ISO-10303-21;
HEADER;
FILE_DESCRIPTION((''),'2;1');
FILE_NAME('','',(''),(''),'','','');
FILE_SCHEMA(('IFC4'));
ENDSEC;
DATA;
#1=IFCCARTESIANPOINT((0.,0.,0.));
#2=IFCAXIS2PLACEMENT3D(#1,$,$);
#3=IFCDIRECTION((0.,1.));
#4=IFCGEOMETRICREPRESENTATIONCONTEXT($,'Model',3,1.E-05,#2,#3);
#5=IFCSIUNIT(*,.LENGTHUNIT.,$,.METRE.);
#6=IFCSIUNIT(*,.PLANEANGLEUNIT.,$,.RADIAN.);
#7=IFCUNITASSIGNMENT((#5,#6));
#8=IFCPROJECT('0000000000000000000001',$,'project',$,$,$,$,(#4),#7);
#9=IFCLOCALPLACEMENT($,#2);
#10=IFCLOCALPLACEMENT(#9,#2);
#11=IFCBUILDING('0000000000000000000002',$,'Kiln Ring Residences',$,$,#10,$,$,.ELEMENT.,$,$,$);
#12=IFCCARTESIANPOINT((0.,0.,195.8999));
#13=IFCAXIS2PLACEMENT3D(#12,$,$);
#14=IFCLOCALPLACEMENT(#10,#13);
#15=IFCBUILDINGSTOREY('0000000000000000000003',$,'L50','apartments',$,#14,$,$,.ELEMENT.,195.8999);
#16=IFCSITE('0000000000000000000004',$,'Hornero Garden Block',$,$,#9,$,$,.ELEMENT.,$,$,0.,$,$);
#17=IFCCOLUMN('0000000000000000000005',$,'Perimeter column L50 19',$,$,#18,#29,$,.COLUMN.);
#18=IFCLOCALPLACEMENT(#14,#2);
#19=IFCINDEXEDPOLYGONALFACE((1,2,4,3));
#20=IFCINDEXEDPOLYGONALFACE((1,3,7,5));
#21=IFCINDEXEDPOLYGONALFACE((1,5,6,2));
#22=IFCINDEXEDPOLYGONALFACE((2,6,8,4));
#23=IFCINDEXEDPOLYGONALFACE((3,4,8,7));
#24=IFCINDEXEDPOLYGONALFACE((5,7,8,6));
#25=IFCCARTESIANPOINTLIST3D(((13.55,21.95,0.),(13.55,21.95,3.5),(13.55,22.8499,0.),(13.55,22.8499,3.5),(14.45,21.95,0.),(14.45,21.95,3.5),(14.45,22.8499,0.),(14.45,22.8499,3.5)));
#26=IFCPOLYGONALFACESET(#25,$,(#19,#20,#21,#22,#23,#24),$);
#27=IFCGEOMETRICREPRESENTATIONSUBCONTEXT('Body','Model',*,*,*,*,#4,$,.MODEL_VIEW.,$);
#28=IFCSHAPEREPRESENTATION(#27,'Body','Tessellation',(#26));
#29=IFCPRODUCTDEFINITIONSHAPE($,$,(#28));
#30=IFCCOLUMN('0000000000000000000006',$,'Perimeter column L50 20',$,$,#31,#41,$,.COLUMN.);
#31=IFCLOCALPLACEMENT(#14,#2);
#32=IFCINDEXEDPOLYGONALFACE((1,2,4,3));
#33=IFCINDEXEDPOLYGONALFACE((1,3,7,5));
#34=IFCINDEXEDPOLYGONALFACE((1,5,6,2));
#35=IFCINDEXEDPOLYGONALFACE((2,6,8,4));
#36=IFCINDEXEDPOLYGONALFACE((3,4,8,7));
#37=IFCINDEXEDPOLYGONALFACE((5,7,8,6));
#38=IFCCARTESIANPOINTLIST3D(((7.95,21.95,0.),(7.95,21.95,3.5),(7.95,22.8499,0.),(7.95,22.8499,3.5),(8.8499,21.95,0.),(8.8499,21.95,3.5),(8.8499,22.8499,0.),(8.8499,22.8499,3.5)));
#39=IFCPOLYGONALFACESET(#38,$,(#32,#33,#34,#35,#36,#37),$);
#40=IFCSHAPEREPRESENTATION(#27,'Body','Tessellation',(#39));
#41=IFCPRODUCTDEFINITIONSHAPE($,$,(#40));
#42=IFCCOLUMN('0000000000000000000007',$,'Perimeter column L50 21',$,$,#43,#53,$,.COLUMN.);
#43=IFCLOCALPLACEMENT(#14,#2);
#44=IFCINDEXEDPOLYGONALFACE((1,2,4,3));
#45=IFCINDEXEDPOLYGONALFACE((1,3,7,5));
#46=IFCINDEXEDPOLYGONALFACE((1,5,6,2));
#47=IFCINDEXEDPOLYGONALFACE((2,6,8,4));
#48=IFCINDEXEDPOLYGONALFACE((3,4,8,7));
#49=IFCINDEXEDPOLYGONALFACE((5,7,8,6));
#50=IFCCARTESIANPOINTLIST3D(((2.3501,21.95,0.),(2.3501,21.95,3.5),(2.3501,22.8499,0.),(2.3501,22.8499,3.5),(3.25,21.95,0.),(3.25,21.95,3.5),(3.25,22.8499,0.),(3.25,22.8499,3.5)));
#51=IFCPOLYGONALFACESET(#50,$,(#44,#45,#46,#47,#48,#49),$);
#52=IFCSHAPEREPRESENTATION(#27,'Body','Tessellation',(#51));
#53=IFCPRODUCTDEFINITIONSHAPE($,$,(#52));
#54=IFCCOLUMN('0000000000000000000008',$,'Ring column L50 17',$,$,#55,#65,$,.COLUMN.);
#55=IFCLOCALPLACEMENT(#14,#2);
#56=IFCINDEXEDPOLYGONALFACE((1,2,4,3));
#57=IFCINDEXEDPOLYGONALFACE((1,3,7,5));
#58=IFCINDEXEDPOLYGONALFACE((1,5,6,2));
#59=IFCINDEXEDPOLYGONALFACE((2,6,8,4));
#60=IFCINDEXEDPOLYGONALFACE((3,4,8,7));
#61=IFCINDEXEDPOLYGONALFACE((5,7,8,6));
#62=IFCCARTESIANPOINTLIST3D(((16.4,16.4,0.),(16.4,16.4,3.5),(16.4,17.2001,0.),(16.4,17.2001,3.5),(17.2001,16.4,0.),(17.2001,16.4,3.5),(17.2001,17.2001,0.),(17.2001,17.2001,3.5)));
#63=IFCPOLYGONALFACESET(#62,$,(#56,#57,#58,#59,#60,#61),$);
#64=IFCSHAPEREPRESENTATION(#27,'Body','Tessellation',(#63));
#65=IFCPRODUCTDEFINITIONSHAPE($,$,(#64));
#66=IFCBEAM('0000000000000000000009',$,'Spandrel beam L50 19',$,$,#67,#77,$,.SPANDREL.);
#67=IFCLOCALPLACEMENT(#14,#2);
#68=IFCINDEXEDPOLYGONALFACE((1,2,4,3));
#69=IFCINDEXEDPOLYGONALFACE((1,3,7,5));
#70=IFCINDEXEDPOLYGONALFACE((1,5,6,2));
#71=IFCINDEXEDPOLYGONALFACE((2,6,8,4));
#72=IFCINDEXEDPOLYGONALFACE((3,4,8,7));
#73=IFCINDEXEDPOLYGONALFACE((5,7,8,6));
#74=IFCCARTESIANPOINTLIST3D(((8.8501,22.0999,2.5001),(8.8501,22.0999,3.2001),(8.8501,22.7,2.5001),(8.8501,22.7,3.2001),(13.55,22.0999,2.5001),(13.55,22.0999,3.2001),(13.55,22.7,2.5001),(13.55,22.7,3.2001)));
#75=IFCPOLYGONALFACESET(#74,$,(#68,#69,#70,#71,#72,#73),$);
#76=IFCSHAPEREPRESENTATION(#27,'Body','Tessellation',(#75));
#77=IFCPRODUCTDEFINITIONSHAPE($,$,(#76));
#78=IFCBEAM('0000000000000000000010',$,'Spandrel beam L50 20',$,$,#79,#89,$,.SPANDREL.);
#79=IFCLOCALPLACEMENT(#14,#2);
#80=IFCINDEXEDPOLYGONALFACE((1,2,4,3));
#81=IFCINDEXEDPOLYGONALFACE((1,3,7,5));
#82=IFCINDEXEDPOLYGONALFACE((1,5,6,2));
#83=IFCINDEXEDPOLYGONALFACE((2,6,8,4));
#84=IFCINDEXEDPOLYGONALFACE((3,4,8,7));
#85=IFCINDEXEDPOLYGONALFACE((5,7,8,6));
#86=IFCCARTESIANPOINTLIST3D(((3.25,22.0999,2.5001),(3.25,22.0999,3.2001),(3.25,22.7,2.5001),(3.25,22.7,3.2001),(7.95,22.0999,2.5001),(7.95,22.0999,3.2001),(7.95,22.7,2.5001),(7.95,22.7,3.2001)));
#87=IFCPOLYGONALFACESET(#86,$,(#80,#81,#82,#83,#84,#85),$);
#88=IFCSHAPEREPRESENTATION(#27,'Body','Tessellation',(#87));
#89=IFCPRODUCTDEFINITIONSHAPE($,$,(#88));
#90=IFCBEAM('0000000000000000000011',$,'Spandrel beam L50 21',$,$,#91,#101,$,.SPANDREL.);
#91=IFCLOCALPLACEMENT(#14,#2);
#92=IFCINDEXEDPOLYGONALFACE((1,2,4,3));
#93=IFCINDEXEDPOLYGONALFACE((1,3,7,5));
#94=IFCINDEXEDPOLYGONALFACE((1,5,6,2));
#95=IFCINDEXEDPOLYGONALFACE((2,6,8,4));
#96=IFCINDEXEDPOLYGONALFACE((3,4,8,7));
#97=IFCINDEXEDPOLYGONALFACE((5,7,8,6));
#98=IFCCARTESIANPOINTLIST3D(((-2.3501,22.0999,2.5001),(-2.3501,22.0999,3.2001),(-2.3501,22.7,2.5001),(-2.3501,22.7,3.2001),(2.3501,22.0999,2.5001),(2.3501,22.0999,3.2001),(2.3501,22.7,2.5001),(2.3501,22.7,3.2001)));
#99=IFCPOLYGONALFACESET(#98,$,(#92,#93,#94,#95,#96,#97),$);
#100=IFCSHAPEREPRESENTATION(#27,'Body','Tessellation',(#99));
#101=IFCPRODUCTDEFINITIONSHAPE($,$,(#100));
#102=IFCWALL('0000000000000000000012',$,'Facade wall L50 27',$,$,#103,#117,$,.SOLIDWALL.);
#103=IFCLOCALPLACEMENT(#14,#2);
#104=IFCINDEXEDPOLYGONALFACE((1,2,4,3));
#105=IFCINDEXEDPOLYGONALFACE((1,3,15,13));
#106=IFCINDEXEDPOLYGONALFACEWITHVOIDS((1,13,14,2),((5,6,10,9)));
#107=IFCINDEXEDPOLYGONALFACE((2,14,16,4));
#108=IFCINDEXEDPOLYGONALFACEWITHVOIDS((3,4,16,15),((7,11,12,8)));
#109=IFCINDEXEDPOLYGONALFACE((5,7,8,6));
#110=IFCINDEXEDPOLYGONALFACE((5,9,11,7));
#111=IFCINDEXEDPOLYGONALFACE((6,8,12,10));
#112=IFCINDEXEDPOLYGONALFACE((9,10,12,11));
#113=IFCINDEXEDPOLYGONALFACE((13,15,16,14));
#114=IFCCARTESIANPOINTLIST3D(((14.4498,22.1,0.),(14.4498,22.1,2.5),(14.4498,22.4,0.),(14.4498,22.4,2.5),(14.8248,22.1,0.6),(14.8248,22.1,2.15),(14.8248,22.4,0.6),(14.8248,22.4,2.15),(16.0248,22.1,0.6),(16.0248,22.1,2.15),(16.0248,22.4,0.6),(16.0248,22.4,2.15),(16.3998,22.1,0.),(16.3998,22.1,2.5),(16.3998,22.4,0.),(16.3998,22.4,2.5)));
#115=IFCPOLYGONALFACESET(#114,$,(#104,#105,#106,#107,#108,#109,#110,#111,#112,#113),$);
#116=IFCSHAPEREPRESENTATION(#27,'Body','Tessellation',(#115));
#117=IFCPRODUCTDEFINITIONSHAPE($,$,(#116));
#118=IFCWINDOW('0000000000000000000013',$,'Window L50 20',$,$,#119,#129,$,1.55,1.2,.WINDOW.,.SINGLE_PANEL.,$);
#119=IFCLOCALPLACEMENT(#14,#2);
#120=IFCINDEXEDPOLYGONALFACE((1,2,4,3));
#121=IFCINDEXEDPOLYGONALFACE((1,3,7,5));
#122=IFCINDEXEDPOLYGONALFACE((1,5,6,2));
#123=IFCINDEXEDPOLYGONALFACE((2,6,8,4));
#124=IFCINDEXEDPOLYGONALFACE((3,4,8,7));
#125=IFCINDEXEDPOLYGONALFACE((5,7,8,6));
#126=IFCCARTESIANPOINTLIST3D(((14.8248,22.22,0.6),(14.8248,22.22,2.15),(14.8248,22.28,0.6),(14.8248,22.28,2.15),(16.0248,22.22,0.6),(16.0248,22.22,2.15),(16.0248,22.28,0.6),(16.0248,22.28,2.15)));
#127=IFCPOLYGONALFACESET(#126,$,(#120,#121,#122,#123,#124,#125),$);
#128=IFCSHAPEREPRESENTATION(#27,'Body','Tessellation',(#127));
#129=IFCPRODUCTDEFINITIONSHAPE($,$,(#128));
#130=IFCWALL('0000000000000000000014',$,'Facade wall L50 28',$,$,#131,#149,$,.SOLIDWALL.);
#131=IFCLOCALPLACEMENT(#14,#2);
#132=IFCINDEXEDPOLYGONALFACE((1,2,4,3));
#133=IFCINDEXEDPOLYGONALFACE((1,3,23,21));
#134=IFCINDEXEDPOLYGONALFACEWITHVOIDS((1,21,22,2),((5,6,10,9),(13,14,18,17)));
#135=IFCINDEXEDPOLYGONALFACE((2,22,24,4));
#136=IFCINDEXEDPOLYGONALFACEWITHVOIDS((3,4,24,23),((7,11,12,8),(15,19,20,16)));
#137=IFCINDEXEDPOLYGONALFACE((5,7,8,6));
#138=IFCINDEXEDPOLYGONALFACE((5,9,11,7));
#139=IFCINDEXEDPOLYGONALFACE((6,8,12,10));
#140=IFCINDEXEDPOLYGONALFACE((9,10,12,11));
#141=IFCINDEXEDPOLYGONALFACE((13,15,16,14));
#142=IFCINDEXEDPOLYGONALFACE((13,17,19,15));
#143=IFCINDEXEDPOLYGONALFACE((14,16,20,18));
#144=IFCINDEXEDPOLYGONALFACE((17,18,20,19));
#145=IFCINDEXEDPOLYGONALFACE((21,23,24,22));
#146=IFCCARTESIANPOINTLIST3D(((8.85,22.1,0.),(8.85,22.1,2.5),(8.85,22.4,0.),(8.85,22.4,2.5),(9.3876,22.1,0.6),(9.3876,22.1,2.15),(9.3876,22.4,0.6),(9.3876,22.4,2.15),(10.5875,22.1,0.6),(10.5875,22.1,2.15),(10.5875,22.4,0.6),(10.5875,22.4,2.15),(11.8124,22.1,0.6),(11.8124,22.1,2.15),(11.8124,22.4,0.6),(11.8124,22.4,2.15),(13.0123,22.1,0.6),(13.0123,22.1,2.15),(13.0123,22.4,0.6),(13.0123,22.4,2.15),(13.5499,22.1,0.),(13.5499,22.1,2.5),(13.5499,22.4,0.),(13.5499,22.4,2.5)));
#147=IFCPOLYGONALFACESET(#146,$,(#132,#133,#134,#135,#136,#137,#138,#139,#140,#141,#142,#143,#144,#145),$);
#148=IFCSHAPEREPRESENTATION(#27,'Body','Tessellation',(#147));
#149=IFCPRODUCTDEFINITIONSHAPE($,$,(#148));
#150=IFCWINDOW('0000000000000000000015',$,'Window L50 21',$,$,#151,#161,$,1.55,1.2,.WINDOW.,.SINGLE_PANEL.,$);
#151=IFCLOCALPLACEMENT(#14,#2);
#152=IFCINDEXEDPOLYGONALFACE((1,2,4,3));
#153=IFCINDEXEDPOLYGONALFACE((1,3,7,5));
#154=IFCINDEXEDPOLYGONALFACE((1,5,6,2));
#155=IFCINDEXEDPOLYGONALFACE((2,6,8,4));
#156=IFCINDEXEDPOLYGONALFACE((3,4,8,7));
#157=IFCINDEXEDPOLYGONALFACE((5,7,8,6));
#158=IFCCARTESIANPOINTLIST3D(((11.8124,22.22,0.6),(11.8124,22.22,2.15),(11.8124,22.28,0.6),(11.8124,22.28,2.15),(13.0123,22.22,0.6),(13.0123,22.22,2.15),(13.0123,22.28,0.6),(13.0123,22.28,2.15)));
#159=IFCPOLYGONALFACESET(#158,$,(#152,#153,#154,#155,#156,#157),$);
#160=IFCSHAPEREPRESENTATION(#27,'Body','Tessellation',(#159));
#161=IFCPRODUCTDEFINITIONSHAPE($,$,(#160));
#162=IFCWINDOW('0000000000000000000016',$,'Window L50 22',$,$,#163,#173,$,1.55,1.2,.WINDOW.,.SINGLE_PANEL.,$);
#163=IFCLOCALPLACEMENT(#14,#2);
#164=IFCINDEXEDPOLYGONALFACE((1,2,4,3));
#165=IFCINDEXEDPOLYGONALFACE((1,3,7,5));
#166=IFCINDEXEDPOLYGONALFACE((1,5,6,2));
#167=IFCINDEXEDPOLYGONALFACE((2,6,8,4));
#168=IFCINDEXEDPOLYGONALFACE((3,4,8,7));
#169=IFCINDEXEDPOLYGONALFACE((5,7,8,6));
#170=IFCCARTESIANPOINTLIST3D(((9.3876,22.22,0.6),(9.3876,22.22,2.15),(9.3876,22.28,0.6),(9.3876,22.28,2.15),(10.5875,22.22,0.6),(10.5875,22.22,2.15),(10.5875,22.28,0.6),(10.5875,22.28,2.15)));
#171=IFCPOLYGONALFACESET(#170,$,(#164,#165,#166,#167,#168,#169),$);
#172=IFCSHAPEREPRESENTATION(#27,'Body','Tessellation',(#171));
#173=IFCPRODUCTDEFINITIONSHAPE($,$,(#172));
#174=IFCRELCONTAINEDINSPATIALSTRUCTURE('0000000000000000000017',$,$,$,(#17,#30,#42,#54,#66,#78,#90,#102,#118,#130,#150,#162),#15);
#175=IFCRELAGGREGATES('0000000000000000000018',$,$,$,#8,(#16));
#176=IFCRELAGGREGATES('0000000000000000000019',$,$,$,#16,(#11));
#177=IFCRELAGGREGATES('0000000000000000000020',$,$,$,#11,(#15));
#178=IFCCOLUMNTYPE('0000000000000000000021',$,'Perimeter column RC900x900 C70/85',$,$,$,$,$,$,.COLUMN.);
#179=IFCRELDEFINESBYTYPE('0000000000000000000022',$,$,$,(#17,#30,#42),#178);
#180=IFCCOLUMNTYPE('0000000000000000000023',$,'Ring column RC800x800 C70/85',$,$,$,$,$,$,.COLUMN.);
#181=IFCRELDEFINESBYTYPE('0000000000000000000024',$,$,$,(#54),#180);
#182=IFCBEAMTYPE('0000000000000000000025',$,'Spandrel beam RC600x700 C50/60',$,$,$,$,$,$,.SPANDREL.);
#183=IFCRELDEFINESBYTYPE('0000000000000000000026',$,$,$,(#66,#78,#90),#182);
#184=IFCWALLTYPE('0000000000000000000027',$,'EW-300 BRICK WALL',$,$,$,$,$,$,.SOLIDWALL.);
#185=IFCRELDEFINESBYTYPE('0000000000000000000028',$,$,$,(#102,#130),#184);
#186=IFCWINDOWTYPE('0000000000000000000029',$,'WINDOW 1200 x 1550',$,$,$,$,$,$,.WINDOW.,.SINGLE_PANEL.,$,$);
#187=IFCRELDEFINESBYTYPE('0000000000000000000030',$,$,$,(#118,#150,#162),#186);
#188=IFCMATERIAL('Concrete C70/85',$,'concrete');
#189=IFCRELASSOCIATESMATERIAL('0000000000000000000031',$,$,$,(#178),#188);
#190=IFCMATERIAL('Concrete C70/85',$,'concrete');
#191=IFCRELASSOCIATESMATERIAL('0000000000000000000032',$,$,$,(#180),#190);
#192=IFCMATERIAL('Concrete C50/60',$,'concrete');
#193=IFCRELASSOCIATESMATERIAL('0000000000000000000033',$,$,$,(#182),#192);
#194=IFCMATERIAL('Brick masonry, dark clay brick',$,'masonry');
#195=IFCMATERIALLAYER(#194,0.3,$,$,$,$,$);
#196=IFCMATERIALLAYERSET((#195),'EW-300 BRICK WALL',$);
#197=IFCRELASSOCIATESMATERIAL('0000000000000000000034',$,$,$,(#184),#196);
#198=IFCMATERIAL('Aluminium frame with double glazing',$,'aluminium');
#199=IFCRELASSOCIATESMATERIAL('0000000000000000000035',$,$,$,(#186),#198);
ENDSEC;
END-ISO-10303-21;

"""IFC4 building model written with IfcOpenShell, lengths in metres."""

from ifc_helpers import new_model, si_unit, direction, frame, frame_2d, origin, origin_2d, place, context, subcontext, project, spatial, rectangle, extrude, material, layer, layer_set, material_profile, profile_set, type_object, element, fill, save


model = new_model("IFC4")

# Units and contexts
model_context = context("Model", 3, precision=1e-05, world=origin(), true_north=direction((0.0, 1.0)))
body_context = subcontext(model_context, "Body", "Model", "MODEL_VIEW")
ifc_project = project(units=[si_unit("LENGTHUNIT", "METRE"), si_unit("PLANEANGLEUNIT", "RADIAN")], contexts=[model_context])

# Site, building, storey
site_placement = place(None, origin())
site = spatial("IfcSite", under=ifc_project, at=site_placement, Name="Hornero Garden Block", CompositionType="ELEMENT", RefElevation=0.0)
building_placement = place(site_placement, origin())
building = spatial("IfcBuilding", under=site, at=building_placement, Name="Kiln Ring Residences", CompositionType="ELEMENT")
storey_placement = place(building_placement, frame((0.0, 0.0, 195.8999)))
storey = spatial("IfcBuildingStorey", under=building, at=storey_placement, Name="L50", Description="apartments", CompositionType="ELEMENT", Elevation=195.8999)

# Columns
ifc_material_1 = material(Name="Concrete C70/85", Category="concrete")
ifc_material_profile_1 = material_profile(ifc_material_1, rectangle(XDim=0.8999, YDim=0.8999, at=origin_2d()), Name="RC900x900")
ifc_profile_set_1 = profile_set([ifc_material_profile_1], Name="Concrete C70/85")
column_type_1 = type_object("IfcColumnType", Name="Perimeter column RC900x900 C70/85", PredefinedType="COLUMN", material=ifc_profile_set_1)
for number, where, z_axis, x_axis, name in (
    (1, (14.0, 22.3999, 0.0), (0.0, 0.0, 1.0), (1.0, 0.0, 0.0), "Perimeter column L50 19"),
    (2, (8.3999, 22.3999, 0.0), (0.0, 0.0, 1.0), (1.0, 0.0, 0.0), "Perimeter column L50 20"),
    (3, (2.8, 22.3999, 0.0), (0.0, 0.0, 1.0), (1.0, 0.0, 0.0), "Perimeter column L50 21"),
):
    element("IfcColumn", number, at=place(storey_placement, frame(where, z_axis=z_axis, x_axis=x_axis)), inside=storey, type_object=column_type_1, Name=name, PredefinedType="COLUMN", context=body_context, shape_type="SweptSolid", body=[
        extrude(rectangle(XDim=0.8999, YDim=0.8999, at=origin_2d()), origin(), (0.0, 0.0, 1.0), 3.5),
    ])
ifc_material_2 = material(Name="Concrete C70/85", Category="concrete")
ifc_material_profile_2 = material_profile(ifc_material_2, rectangle(XDim=0.8, YDim=0.8, at=origin_2d()), Name="RC800x800")
ifc_profile_set_2 = profile_set([ifc_material_profile_2], Name="Concrete C70/85")
column_type_2 = type_object("IfcColumnType", Name="Ring column RC800x800 C70/85", PredefinedType="COLUMN", material=ifc_profile_set_2)
column_placement = place(storey_placement, frame((16.8, 16.8, 0.0), z_axis=(0.0, 0.0, 1.0), x_axis=(1.0, 0.0, 0.0)))
element("IfcColumn", 4, at=column_placement, inside=storey, type_object=column_type_2, Name="Ring column L50 17", PredefinedType="COLUMN", context=body_context, shape_type="SweptSolid", body=[
    extrude(rectangle(XDim=0.8, YDim=0.8, at=origin_2d()), origin(), (0.0, 0.0, 1.0), 3.5),
])

# Beams
ifc_material_3 = material(Name="Concrete C50/60", Category="concrete")
ifc_material_profile_3 = material_profile(ifc_material_3, rectangle(XDim=0.6001, YDim=0.7, at=origin_2d()), Name="RC600x700")
ifc_profile_set_3 = profile_set([ifc_material_profile_3], Name="Concrete C50/60")
beam_type = type_object("IfcBeamType", Name="Spandrel beam RC600x700 C50/60", PredefinedType="SPANDREL", material=ifc_profile_set_3)
for number, where, z_axis, x_axis, name in (
    (5, (13.55, 22.3999, 2.8501), (-1.0, 0.0, 0.0), (0.0, -1.0, 0.0), "Spandrel beam L50 19"),
    (6, (7.95, 22.3999, 2.8501), (-1.0, 0.0, 0.0), (0.0, -1.0, 0.0), "Spandrel beam L50 20"),
):
    element("IfcBeam", number, at=place(storey_placement, frame(where, z_axis=z_axis, x_axis=x_axis)), inside=storey, type_object=beam_type, Name=name, PredefinedType="SPANDREL", context=body_context, shape_type="SweptSolid", body=[
        extrude(rectangle(XDim=0.6001, YDim=0.7, at=origin_2d()), origin(), (0.0, 0.0, 1.0), 4.7),
    ])
beam_placement = place(storey_placement, frame((2.3501, 22.3999, 2.8501), z_axis=(-1.0, 0.0, 0.0), x_axis=(0.0, -1.0, 0.0)))
element("IfcBeam", 7, at=beam_placement, inside=storey, type_object=beam_type, Name="Spandrel beam L50 21", PredefinedType="SPANDREL", context=body_context, shape_type="SweptSolid", body=[
    extrude(rectangle(XDim=0.6001, YDim=0.7, at=origin_2d()), origin(), (0.0, 0.0, 1.0), 4.7002),
])

# Wall, opening, window
ifc_material_4 = material(Name="Brick masonry, dark clay brick", Category="masonry")
ifc_layer_1 = layer(ifc_material_4, 0.3)
ifc_layer_set_1 = layer_set([ifc_layer_1], Name="EW-300 BRICK WALL")
wall_type_1 = type_object("IfcWallType", Name="EW-300 BRICK WALL", PredefinedType="SOLIDWALL", material=ifc_layer_set_1)
wall_1_placement = place(storey_placement, frame((16.3999, 22.25, 0.0), z_axis=(0.0, 0.0, 1.0), x_axis=(-1.0, 0.0, 0.0)))
wall_1 = element("IfcWall", 8, at=wall_1_placement, inside=storey, type_object=wall_type_1, Name="Facade wall L50 27", PredefinedType="SOLIDWALL", context=body_context, shape_type="SweptSolid", body=[
    extrude(rectangle(XDim=1.95, YDim=0.3, at=frame_2d((0.9751, 0.0))), origin(), (0.0, 0.0, 1.0), 2.5),
])
opening_1_placement = place(wall_1_placement, frame((0.375, 0.0, 0.6001)))
opening_1 = element("IfcOpeningElement", 9, at=opening_1_placement, cuts=wall_1, PredefinedType="OPENING", context=body_context, shape_type="SweptSolid", body=[
    extrude(rectangle(XDim=1.2, YDim=1.55, at=frame_2d((0.6001, 0.7749))), frame((0.0, 0.1599, 0.0), z_axis=(0.0, -1.0, 0.0), x_axis=(1.0, 0.0, 0.0)), (0.0, 0.0, 1.0), 0.3201),
])
ifc_material_5 = material(Name="Aluminium frame with double glazing", Category="aluminium")
window_type = type_object("IfcWindowType", Name="WINDOW 1200 x 1550", PartitioningType="SINGLE_PANEL", PredefinedType="WINDOW", material=ifc_material_5)
window_1_placement = place(opening_1_placement, origin())
window_1 = element("IfcWindow", 10, at=window_1_placement, inside=storey, type_object=window_type, Name="Window L50 20", OverallHeight=1.55, OverallWidth=1.2, PartitioningType="SINGLE_PANEL", PredefinedType="WINDOW", context=body_context, shape_type="SweptSolid", body=[
    extrude(rectangle(XDim=1.2, YDim=1.55, at=frame_2d((0.6001, 0.7749))), frame((0.0, 0.03, 0.0), z_axis=(0.0, -1.0, 0.0), x_axis=(1.0, 0.0, 0.0)), (0.0, 0.0, 1.0), 0.0601),
])
fill(opening_1, window_1)

# Wall, openings, windows
wall_2_placement = place(storey_placement, frame((13.55, 22.25, 0.0), z_axis=(0.0, 0.0, 1.0), x_axis=(-1.0, 0.0, 0.0)))
wall_2 = element("IfcWall", 11, at=wall_2_placement, inside=storey, type_object=wall_type_1, Name="Facade wall L50 28", PredefinedType="SOLIDWALL", context=body_context, shape_type="SweptSolid", body=[
    extrude(rectangle(XDim=4.7, YDim=0.3, at=frame_2d((2.3501, 0.0))), origin(), (0.0, 0.0, 1.0), 2.5),
])
opening_2_placement = place(wall_2_placement, frame((0.5376, 0.0, 0.6001)))
opening_2 = element("IfcOpeningElement", 12, at=opening_2_placement, cuts=wall_2, PredefinedType="OPENING", context=body_context, shape_type="SweptSolid", body=[
    extrude(rectangle(XDim=1.2, YDim=1.55, at=frame_2d((0.6001, 0.7749))), frame((0.0, 0.1599, 0.0), z_axis=(0.0, -1.0, 0.0), x_axis=(1.0, 0.0, 0.0)), (0.0, 0.0, 1.0), 0.3201),
])
opening_3_placement = place(wall_2_placement, frame((2.9624, 0.0, 0.6001)))
opening_3 = element("IfcOpeningElement", 13, at=opening_3_placement, cuts=wall_2, PredefinedType="OPENING", context=body_context, shape_type="SweptSolid", body=[
    extrude(rectangle(XDim=1.2, YDim=1.55, at=frame_2d((0.6001, 0.7749))), frame((0.0, 0.1599, 0.0), z_axis=(0.0, -1.0, 0.0), x_axis=(1.0, 0.0, 0.0)), (0.0, 0.0, 1.0), 0.3201),
])
window_2_placement = place(opening_2_placement, origin())
window_2 = element("IfcWindow", 14, at=window_2_placement, inside=storey, type_object=window_type, Name="Window L50 21", OverallHeight=1.55, OverallWidth=1.2, PartitioningType="SINGLE_PANEL", PredefinedType="WINDOW", context=body_context, shape_type="SweptSolid", body=[
    extrude(rectangle(XDim=1.2, YDim=1.55, at=frame_2d((0.6001, 0.7749))), frame((0.0, 0.03, 0.0), z_axis=(0.0, -1.0, 0.0), x_axis=(1.0, 0.0, 0.0)), (0.0, 0.0, 1.0), 0.0601),
])
fill(opening_2, window_2)
window_3_placement = place(opening_3_placement, origin())
window_3 = element("IfcWindow", 15, at=window_3_placement, inside=storey, type_object=window_type, Name="Window L50 22", OverallHeight=1.55, OverallWidth=1.2, PartitioningType="SINGLE_PANEL", PredefinedType="WINDOW", context=body_context, shape_type="SweptSolid", body=[
    extrude(rectangle(XDim=1.2, YDim=1.55, at=frame_2d((0.6001, 0.7749))), frame((0.0, 0.03, 0.0), z_axis=(0.0, -1.0, 0.0), x_axis=(1.0, 0.0, 0.0)), (0.0, 0.0, 1.0), 0.0601),
])
fill(opening_3, window_3)

save(model, "model.ifc")
